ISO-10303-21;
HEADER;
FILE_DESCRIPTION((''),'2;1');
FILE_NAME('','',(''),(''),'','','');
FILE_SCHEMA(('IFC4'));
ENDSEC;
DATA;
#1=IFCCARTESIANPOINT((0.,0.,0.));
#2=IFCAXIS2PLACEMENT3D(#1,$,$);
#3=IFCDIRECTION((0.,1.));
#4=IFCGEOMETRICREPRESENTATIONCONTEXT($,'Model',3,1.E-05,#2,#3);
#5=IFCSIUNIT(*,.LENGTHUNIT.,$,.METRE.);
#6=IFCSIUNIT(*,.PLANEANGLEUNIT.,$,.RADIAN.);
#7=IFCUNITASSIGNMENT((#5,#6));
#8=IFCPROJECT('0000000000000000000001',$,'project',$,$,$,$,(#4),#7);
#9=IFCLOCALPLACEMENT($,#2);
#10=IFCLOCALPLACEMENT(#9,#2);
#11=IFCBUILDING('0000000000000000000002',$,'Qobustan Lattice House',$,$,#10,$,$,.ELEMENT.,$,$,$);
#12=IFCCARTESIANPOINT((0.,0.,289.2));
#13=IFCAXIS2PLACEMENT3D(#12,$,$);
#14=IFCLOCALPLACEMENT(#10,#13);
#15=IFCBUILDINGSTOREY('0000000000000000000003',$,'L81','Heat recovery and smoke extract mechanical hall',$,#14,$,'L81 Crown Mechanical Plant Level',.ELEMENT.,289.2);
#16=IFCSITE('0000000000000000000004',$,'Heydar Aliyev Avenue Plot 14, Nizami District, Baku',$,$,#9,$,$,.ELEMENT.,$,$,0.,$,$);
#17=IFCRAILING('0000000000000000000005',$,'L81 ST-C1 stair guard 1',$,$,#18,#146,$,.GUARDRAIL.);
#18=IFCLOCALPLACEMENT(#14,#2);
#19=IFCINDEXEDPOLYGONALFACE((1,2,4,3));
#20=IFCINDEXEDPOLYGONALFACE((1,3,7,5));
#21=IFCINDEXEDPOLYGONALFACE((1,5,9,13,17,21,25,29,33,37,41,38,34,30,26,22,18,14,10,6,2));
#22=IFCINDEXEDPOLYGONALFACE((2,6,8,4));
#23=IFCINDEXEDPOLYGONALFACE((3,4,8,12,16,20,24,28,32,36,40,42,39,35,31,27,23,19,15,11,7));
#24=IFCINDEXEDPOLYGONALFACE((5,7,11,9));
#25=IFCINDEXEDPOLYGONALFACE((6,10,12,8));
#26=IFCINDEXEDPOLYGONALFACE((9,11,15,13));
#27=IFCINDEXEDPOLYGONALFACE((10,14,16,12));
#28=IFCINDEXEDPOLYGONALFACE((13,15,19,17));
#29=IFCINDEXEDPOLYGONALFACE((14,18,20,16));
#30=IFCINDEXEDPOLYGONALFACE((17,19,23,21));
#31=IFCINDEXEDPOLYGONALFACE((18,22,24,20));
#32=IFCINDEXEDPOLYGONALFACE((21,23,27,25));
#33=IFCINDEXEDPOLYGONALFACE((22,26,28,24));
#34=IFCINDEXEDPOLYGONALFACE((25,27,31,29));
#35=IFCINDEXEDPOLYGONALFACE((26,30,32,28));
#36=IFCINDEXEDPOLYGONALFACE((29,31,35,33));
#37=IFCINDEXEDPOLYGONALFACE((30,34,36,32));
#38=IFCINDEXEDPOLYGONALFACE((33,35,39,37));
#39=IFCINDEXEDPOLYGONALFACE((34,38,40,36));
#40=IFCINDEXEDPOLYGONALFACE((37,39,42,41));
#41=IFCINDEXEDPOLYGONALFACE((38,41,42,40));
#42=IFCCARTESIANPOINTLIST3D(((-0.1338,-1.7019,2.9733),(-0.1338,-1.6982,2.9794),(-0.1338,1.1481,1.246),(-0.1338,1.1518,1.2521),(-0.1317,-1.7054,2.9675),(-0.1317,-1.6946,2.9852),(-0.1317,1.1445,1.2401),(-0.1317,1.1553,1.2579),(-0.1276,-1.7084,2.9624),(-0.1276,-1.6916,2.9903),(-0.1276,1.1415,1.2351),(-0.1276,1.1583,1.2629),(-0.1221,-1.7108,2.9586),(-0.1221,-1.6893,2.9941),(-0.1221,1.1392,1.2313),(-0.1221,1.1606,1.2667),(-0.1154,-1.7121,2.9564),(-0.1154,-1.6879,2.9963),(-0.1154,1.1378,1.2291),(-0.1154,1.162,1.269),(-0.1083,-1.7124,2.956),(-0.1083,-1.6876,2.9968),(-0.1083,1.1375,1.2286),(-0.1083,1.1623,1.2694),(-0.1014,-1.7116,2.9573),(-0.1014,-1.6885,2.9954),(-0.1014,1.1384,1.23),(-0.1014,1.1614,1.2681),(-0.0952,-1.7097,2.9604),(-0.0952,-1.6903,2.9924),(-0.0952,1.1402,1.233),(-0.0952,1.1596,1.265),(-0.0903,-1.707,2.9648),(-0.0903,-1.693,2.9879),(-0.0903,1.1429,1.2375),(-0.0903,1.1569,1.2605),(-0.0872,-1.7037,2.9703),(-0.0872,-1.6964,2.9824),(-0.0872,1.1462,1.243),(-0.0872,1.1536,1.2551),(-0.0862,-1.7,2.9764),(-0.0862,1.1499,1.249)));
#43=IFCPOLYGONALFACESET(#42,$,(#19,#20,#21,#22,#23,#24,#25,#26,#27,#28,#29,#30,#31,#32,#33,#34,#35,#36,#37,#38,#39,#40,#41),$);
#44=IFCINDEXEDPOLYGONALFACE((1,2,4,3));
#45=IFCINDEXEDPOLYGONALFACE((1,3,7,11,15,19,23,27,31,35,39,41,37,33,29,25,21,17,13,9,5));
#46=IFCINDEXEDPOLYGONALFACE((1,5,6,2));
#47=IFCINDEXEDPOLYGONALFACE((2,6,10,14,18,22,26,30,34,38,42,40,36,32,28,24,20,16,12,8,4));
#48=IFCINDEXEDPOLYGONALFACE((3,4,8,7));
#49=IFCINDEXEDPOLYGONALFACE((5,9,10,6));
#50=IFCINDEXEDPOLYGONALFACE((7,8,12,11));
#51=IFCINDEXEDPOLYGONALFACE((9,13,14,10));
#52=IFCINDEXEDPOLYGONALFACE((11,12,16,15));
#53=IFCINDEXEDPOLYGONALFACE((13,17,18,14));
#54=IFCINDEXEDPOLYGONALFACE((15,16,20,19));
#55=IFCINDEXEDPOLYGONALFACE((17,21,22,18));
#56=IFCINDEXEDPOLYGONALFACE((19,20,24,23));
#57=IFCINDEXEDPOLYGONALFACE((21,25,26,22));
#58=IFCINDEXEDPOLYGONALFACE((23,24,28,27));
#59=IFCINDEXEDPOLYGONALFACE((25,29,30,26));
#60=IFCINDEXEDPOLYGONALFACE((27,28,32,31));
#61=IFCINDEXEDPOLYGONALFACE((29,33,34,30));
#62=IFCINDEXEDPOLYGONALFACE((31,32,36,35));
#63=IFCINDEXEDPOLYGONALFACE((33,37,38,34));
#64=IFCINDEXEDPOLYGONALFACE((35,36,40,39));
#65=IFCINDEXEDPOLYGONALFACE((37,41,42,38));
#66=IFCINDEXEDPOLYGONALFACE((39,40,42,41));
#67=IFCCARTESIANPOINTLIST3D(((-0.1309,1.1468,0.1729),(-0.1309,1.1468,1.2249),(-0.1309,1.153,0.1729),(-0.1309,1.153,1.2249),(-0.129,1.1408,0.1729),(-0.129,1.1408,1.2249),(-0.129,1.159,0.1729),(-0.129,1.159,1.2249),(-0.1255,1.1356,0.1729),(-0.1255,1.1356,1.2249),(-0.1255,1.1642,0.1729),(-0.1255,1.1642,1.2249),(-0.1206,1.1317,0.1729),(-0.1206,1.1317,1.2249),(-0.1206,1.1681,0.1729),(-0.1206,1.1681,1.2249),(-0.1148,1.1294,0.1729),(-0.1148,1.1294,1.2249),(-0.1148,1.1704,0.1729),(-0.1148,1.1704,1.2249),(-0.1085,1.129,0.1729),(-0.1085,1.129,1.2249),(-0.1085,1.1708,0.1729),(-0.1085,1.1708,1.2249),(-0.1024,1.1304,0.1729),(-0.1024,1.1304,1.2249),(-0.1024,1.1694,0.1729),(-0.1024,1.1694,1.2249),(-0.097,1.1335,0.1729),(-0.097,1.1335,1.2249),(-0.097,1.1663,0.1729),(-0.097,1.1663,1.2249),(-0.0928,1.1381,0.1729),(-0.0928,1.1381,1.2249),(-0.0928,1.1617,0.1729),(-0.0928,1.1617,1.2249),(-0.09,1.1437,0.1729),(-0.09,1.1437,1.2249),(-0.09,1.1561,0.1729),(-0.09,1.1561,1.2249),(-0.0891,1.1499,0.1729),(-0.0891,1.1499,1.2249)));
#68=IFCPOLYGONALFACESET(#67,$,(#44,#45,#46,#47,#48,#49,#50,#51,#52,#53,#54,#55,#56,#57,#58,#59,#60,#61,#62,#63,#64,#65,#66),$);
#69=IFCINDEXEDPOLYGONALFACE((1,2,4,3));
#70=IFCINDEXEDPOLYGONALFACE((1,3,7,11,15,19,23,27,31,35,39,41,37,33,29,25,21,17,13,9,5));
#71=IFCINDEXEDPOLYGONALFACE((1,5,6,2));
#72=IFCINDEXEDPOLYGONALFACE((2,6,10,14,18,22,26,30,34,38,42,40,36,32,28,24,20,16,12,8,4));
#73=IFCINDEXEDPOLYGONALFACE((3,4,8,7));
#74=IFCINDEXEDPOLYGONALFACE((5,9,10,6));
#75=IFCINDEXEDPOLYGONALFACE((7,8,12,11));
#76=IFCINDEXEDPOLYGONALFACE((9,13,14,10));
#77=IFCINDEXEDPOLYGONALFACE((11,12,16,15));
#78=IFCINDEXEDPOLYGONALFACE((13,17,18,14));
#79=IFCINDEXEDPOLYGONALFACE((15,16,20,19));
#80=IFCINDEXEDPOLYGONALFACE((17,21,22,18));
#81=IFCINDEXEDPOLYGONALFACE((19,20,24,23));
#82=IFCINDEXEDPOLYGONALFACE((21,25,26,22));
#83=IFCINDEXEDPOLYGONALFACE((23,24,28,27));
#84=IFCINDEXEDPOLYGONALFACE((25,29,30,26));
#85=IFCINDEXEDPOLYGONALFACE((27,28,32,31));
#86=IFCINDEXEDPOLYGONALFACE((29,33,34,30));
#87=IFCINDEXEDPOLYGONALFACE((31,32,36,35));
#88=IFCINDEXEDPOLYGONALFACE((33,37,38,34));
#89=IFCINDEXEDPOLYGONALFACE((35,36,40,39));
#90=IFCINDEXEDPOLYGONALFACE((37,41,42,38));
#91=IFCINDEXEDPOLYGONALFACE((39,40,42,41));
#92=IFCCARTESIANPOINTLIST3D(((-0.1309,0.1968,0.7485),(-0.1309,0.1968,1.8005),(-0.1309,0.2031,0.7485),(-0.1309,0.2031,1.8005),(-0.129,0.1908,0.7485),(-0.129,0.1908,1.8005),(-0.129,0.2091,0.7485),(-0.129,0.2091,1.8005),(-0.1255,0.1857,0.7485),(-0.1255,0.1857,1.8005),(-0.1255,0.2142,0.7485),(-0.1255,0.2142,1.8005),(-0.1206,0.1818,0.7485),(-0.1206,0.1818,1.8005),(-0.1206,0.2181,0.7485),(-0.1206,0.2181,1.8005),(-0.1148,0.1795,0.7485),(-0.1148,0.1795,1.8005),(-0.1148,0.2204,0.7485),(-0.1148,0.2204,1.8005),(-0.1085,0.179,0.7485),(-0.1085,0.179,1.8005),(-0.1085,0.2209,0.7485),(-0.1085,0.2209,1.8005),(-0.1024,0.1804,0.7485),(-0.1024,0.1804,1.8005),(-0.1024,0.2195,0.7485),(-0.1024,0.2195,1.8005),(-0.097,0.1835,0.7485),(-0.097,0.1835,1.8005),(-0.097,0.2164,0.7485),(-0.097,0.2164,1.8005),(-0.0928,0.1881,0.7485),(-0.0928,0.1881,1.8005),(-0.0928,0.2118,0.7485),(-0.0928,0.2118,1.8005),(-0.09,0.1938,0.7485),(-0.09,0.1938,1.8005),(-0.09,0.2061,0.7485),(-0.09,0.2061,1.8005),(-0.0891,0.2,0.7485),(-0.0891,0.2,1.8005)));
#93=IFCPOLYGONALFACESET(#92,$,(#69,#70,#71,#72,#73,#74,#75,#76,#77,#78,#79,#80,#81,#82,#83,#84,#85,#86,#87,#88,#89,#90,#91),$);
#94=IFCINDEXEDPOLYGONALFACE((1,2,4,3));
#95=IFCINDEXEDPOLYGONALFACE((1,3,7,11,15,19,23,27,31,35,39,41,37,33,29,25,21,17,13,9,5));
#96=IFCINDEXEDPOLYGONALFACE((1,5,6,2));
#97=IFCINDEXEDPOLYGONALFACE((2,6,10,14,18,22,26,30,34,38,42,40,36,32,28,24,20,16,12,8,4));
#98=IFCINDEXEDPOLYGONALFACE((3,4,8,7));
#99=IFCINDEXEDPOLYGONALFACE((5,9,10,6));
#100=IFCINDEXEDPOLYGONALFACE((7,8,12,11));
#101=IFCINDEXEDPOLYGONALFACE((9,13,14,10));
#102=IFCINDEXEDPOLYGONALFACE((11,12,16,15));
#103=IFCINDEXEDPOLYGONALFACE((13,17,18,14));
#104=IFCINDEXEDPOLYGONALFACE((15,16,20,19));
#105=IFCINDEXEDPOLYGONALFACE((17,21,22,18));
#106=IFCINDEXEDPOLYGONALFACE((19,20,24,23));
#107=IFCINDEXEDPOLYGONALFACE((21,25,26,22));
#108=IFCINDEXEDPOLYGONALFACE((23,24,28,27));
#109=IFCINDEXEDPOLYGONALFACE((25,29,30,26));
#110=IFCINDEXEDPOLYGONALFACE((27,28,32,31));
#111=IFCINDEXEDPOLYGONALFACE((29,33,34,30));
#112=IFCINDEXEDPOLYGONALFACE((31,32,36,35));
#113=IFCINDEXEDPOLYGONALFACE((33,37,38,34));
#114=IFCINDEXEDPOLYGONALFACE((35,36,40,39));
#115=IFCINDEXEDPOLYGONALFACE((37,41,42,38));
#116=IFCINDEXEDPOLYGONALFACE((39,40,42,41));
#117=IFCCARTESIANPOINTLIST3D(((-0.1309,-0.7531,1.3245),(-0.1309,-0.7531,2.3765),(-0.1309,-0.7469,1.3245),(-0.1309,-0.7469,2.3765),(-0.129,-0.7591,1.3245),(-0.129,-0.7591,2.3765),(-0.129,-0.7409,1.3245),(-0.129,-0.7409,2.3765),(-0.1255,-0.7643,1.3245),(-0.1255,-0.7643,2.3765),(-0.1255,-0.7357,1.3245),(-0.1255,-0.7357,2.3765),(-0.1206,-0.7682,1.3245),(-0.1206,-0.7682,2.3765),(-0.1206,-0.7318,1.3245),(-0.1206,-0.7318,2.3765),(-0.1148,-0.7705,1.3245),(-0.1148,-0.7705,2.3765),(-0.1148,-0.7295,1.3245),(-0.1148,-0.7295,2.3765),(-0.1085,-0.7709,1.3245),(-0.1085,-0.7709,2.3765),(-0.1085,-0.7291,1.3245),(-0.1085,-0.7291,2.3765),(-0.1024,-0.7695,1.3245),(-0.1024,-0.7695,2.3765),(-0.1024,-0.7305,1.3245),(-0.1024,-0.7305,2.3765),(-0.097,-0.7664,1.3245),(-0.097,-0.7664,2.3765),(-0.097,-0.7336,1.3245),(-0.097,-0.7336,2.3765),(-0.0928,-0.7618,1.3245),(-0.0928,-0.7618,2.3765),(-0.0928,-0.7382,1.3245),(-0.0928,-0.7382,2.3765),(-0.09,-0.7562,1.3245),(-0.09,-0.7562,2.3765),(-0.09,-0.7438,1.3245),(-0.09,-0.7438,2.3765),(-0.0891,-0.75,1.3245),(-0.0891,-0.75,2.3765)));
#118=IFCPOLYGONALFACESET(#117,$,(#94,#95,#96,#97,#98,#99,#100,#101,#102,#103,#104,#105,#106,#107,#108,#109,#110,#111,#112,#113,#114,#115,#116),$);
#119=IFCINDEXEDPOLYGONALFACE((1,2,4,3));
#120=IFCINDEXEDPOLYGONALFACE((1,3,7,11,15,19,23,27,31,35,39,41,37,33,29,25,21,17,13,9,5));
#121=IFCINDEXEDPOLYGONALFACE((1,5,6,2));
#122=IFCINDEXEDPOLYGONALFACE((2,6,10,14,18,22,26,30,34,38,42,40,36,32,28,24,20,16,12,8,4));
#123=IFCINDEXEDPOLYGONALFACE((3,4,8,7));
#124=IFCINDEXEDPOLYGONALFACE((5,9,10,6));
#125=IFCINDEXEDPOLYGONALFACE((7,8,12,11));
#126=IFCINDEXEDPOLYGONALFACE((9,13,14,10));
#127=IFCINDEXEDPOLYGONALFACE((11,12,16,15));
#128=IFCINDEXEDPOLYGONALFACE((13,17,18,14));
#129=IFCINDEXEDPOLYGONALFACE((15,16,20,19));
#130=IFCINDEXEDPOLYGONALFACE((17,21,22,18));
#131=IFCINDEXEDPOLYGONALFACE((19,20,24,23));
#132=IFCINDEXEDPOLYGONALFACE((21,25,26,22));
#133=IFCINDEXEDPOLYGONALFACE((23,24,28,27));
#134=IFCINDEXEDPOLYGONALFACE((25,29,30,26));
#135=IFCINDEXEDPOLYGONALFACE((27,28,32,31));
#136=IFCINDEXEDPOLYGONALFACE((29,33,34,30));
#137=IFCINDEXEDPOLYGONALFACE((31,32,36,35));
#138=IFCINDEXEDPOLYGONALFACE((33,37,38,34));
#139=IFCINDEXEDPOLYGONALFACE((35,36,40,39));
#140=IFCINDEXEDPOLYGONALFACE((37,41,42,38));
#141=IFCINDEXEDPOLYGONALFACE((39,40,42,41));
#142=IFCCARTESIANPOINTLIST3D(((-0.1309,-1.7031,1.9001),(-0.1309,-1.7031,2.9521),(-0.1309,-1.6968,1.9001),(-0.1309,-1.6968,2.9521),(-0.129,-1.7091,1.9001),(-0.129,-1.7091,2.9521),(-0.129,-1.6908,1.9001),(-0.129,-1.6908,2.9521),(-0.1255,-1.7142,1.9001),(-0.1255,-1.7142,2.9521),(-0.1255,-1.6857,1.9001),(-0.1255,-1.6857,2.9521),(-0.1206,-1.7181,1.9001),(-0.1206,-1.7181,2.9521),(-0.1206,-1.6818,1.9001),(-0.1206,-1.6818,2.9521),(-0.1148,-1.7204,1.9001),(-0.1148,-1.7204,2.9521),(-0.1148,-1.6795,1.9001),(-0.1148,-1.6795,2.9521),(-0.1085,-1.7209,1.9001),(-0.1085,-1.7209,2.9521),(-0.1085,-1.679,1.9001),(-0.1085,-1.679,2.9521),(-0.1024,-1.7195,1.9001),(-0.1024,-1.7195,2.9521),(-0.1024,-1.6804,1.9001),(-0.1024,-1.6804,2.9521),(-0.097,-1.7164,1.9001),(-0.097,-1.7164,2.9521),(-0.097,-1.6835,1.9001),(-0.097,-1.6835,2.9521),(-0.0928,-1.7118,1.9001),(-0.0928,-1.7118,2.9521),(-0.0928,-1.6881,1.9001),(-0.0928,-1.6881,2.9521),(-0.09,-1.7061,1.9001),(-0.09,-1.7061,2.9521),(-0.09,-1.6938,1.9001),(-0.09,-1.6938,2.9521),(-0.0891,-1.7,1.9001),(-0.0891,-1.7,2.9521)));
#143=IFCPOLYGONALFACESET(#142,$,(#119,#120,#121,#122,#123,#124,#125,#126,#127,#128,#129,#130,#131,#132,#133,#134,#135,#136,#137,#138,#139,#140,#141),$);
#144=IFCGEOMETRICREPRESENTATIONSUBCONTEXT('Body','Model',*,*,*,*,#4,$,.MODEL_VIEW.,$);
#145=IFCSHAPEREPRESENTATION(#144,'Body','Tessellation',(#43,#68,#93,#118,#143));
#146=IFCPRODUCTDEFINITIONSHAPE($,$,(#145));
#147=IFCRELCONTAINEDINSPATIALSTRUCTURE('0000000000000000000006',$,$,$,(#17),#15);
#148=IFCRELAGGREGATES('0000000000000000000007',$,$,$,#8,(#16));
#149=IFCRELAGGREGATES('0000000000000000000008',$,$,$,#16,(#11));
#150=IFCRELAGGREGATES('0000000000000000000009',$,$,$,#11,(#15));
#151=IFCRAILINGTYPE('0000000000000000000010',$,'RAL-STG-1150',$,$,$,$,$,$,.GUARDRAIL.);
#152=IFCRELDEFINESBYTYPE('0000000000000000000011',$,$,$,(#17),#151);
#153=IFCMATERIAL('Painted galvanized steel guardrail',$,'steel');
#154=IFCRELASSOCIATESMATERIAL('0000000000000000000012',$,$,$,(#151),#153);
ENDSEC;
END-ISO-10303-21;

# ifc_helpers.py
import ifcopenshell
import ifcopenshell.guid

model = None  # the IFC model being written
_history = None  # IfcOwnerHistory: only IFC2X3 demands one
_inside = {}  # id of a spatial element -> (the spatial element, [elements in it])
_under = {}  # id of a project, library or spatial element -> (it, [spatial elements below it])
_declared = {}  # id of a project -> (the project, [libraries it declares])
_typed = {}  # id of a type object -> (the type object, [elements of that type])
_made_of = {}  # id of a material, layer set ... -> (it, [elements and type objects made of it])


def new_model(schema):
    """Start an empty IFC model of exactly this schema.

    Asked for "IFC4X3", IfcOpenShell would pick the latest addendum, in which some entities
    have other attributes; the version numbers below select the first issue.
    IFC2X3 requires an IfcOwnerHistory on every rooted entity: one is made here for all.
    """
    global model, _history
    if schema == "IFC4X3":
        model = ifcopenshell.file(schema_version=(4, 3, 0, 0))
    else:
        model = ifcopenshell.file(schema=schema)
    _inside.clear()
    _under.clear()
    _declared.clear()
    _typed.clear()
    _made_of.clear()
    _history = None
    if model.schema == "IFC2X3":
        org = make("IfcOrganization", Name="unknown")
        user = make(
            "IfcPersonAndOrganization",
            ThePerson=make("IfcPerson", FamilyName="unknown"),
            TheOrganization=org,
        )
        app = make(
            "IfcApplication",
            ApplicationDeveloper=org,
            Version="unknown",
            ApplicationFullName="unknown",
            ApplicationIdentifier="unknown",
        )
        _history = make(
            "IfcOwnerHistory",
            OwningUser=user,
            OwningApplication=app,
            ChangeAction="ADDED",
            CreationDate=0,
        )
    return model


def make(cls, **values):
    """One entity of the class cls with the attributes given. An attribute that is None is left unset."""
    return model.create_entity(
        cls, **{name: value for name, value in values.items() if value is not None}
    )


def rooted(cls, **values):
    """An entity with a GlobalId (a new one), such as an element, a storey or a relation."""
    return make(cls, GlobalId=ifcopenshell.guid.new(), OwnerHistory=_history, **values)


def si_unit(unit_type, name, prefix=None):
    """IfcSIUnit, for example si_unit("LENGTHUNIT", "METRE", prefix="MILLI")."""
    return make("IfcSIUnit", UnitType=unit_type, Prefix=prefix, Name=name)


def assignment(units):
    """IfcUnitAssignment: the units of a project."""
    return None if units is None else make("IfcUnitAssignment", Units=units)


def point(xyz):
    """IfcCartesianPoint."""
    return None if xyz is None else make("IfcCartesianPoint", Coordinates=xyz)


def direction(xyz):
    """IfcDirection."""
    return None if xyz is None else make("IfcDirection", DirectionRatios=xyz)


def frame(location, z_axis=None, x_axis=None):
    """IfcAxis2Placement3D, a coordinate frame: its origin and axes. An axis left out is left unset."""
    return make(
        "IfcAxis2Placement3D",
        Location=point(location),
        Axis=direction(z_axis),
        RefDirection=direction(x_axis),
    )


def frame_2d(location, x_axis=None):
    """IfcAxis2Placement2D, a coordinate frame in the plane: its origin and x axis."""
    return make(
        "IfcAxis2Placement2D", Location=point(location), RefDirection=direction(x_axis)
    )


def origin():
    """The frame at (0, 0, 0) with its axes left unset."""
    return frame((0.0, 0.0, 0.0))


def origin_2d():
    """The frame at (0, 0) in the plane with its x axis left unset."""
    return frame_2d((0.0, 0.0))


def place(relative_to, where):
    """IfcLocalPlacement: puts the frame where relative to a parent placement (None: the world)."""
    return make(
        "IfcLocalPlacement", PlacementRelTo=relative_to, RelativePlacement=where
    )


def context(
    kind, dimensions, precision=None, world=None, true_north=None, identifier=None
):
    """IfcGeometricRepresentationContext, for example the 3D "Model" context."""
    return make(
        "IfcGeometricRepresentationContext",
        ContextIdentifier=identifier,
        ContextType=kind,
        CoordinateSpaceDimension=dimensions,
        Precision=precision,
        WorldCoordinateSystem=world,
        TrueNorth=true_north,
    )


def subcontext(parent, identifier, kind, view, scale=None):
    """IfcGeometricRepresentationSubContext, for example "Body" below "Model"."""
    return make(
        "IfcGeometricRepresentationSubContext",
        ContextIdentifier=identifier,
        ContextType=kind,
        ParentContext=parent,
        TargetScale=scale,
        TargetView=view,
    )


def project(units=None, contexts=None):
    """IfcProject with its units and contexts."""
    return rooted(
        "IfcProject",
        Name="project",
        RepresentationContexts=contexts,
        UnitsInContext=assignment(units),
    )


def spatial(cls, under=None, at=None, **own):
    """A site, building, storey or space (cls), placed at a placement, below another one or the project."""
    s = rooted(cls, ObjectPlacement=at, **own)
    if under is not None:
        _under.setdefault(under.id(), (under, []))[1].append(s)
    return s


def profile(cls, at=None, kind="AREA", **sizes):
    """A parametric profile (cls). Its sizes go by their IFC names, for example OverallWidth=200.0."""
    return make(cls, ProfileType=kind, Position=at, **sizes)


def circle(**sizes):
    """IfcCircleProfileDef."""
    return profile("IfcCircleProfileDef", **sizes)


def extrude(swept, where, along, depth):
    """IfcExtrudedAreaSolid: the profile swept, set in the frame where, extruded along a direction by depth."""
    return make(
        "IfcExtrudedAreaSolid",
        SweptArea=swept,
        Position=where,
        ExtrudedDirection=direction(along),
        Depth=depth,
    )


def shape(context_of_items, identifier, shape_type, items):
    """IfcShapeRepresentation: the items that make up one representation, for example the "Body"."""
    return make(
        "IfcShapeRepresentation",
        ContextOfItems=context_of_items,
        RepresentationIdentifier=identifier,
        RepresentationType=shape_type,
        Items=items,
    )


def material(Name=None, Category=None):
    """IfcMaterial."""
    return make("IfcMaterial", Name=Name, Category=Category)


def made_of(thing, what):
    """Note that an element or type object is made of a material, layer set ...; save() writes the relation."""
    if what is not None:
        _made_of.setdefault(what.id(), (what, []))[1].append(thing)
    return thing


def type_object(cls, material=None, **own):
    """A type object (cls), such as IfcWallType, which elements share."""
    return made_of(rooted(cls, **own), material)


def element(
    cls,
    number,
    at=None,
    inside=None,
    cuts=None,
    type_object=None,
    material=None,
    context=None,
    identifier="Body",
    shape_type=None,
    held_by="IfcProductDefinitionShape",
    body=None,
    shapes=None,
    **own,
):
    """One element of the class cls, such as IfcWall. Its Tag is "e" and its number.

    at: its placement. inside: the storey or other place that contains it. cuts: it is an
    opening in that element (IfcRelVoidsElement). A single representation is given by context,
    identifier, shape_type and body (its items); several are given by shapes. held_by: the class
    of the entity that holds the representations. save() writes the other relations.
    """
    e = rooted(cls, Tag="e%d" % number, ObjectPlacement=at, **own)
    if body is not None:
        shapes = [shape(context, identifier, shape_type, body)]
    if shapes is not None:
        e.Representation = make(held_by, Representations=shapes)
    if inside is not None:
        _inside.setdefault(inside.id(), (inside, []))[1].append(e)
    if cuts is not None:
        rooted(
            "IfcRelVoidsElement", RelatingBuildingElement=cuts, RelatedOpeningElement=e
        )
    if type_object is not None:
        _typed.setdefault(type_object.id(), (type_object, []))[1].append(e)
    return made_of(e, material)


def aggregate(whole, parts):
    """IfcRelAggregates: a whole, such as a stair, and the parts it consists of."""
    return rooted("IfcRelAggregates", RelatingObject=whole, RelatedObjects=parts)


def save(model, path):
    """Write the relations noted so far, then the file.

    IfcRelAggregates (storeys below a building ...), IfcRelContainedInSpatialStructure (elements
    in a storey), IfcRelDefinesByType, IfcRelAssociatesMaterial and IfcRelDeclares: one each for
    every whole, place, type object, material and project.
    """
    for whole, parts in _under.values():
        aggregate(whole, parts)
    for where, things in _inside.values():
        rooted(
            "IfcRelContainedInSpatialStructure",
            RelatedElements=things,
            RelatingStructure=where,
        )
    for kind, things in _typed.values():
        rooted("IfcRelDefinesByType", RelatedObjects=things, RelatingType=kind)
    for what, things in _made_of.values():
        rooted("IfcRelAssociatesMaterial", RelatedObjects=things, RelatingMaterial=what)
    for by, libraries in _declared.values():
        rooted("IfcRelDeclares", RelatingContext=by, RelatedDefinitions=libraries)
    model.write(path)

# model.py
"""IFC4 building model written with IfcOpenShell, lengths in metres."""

from ifc_helpers import new_model, si_unit, direction, frame, origin, origin_2d, place, context, subcontext, project, spatial, circle, extrude, material, type_object, element, save


model = new_model("IFC4")

# Units and contexts
model_context = context("Model", 3, precision=1e-05, world=origin(), true_north=direction((0.0, 1.0)))
body_context = subcontext(model_context, "Body", "Model", "MODEL_VIEW")
ifc_project = project(units=[si_unit("LENGTHUNIT", "METRE"), si_unit("PLANEANGLEUNIT", "RADIAN")], contexts=[model_context])

# Site, building, storey
site_placement = place(None, origin())
site = spatial("IfcSite", under=ifc_project, at=site_placement, Name="Heydar Aliyev Avenue Plot 14, Nizami District, Baku", CompositionType="ELEMENT", RefElevation=0.0)
building_placement = place(site_placement, origin())
building = spatial("IfcBuilding", under=site, at=building_placement, Name="Qobustan Lattice House", CompositionType="ELEMENT")
storey_placement = place(building_placement, frame((0.0, 0.0, 289.2)))
storey = spatial("IfcBuildingStorey", under=building, at=storey_placement, Name="L81", Description="Heat recovery and smoke extract mechanical hall", LongName="L81 Crown Mechanical Plant Level", CompositionType="ELEMENT", Elevation=289.2)

# Railing
ifc_material_1 = material(Name="Painted galvanized steel guardrail", Category="steel")
railing_type_1 = type_object("IfcRailingType", Name="RAL-STG-1150", PredefinedType="GUARDRAIL", material=ifc_material_1)
railing_1_placement = place(storey_placement, frame((-0.1101, 1.1499, 0.1729)))
element("IfcRailing", 1, at=railing_1_placement, inside=storey, type_object=railing_type_1, Name="L81 ST-C1 stair guard 1", PredefinedType="GUARDRAIL", context=body_context, shape_type="SweptSolid", body=[
    extrude(circle(Radius=0.0239, at=origin_2d()), frame((0.0, 0.0, 1.0762), z_axis=(0.0, -0.855183, 0.518326), x_axis=(1.0, 0.0, 0.0)), (0.0, 0.0, 1.0), 3.3325),
    extrude(circle(Radius=0.021, at=origin_2d()), origin(), (0.0, 0.0, 1.0), 1.052),
    extrude(circle(Radius=0.021, at=origin_2d()), frame((0.0, -0.95, 0.5757)), (0.0, 0.0, 1.0), 1.052),
    extrude(circle(Radius=0.021, at=origin_2d()), frame((0.0, -1.8999, 1.1516)), (0.0, 0.0, 1.0), 1.052),
    extrude(circle(Radius=0.021, at=origin_2d()), frame((0.0, -2.8499, 1.7273)), (0.0, 0.0, 1.0), 1.052),
])

save(model, "model.ifc")
